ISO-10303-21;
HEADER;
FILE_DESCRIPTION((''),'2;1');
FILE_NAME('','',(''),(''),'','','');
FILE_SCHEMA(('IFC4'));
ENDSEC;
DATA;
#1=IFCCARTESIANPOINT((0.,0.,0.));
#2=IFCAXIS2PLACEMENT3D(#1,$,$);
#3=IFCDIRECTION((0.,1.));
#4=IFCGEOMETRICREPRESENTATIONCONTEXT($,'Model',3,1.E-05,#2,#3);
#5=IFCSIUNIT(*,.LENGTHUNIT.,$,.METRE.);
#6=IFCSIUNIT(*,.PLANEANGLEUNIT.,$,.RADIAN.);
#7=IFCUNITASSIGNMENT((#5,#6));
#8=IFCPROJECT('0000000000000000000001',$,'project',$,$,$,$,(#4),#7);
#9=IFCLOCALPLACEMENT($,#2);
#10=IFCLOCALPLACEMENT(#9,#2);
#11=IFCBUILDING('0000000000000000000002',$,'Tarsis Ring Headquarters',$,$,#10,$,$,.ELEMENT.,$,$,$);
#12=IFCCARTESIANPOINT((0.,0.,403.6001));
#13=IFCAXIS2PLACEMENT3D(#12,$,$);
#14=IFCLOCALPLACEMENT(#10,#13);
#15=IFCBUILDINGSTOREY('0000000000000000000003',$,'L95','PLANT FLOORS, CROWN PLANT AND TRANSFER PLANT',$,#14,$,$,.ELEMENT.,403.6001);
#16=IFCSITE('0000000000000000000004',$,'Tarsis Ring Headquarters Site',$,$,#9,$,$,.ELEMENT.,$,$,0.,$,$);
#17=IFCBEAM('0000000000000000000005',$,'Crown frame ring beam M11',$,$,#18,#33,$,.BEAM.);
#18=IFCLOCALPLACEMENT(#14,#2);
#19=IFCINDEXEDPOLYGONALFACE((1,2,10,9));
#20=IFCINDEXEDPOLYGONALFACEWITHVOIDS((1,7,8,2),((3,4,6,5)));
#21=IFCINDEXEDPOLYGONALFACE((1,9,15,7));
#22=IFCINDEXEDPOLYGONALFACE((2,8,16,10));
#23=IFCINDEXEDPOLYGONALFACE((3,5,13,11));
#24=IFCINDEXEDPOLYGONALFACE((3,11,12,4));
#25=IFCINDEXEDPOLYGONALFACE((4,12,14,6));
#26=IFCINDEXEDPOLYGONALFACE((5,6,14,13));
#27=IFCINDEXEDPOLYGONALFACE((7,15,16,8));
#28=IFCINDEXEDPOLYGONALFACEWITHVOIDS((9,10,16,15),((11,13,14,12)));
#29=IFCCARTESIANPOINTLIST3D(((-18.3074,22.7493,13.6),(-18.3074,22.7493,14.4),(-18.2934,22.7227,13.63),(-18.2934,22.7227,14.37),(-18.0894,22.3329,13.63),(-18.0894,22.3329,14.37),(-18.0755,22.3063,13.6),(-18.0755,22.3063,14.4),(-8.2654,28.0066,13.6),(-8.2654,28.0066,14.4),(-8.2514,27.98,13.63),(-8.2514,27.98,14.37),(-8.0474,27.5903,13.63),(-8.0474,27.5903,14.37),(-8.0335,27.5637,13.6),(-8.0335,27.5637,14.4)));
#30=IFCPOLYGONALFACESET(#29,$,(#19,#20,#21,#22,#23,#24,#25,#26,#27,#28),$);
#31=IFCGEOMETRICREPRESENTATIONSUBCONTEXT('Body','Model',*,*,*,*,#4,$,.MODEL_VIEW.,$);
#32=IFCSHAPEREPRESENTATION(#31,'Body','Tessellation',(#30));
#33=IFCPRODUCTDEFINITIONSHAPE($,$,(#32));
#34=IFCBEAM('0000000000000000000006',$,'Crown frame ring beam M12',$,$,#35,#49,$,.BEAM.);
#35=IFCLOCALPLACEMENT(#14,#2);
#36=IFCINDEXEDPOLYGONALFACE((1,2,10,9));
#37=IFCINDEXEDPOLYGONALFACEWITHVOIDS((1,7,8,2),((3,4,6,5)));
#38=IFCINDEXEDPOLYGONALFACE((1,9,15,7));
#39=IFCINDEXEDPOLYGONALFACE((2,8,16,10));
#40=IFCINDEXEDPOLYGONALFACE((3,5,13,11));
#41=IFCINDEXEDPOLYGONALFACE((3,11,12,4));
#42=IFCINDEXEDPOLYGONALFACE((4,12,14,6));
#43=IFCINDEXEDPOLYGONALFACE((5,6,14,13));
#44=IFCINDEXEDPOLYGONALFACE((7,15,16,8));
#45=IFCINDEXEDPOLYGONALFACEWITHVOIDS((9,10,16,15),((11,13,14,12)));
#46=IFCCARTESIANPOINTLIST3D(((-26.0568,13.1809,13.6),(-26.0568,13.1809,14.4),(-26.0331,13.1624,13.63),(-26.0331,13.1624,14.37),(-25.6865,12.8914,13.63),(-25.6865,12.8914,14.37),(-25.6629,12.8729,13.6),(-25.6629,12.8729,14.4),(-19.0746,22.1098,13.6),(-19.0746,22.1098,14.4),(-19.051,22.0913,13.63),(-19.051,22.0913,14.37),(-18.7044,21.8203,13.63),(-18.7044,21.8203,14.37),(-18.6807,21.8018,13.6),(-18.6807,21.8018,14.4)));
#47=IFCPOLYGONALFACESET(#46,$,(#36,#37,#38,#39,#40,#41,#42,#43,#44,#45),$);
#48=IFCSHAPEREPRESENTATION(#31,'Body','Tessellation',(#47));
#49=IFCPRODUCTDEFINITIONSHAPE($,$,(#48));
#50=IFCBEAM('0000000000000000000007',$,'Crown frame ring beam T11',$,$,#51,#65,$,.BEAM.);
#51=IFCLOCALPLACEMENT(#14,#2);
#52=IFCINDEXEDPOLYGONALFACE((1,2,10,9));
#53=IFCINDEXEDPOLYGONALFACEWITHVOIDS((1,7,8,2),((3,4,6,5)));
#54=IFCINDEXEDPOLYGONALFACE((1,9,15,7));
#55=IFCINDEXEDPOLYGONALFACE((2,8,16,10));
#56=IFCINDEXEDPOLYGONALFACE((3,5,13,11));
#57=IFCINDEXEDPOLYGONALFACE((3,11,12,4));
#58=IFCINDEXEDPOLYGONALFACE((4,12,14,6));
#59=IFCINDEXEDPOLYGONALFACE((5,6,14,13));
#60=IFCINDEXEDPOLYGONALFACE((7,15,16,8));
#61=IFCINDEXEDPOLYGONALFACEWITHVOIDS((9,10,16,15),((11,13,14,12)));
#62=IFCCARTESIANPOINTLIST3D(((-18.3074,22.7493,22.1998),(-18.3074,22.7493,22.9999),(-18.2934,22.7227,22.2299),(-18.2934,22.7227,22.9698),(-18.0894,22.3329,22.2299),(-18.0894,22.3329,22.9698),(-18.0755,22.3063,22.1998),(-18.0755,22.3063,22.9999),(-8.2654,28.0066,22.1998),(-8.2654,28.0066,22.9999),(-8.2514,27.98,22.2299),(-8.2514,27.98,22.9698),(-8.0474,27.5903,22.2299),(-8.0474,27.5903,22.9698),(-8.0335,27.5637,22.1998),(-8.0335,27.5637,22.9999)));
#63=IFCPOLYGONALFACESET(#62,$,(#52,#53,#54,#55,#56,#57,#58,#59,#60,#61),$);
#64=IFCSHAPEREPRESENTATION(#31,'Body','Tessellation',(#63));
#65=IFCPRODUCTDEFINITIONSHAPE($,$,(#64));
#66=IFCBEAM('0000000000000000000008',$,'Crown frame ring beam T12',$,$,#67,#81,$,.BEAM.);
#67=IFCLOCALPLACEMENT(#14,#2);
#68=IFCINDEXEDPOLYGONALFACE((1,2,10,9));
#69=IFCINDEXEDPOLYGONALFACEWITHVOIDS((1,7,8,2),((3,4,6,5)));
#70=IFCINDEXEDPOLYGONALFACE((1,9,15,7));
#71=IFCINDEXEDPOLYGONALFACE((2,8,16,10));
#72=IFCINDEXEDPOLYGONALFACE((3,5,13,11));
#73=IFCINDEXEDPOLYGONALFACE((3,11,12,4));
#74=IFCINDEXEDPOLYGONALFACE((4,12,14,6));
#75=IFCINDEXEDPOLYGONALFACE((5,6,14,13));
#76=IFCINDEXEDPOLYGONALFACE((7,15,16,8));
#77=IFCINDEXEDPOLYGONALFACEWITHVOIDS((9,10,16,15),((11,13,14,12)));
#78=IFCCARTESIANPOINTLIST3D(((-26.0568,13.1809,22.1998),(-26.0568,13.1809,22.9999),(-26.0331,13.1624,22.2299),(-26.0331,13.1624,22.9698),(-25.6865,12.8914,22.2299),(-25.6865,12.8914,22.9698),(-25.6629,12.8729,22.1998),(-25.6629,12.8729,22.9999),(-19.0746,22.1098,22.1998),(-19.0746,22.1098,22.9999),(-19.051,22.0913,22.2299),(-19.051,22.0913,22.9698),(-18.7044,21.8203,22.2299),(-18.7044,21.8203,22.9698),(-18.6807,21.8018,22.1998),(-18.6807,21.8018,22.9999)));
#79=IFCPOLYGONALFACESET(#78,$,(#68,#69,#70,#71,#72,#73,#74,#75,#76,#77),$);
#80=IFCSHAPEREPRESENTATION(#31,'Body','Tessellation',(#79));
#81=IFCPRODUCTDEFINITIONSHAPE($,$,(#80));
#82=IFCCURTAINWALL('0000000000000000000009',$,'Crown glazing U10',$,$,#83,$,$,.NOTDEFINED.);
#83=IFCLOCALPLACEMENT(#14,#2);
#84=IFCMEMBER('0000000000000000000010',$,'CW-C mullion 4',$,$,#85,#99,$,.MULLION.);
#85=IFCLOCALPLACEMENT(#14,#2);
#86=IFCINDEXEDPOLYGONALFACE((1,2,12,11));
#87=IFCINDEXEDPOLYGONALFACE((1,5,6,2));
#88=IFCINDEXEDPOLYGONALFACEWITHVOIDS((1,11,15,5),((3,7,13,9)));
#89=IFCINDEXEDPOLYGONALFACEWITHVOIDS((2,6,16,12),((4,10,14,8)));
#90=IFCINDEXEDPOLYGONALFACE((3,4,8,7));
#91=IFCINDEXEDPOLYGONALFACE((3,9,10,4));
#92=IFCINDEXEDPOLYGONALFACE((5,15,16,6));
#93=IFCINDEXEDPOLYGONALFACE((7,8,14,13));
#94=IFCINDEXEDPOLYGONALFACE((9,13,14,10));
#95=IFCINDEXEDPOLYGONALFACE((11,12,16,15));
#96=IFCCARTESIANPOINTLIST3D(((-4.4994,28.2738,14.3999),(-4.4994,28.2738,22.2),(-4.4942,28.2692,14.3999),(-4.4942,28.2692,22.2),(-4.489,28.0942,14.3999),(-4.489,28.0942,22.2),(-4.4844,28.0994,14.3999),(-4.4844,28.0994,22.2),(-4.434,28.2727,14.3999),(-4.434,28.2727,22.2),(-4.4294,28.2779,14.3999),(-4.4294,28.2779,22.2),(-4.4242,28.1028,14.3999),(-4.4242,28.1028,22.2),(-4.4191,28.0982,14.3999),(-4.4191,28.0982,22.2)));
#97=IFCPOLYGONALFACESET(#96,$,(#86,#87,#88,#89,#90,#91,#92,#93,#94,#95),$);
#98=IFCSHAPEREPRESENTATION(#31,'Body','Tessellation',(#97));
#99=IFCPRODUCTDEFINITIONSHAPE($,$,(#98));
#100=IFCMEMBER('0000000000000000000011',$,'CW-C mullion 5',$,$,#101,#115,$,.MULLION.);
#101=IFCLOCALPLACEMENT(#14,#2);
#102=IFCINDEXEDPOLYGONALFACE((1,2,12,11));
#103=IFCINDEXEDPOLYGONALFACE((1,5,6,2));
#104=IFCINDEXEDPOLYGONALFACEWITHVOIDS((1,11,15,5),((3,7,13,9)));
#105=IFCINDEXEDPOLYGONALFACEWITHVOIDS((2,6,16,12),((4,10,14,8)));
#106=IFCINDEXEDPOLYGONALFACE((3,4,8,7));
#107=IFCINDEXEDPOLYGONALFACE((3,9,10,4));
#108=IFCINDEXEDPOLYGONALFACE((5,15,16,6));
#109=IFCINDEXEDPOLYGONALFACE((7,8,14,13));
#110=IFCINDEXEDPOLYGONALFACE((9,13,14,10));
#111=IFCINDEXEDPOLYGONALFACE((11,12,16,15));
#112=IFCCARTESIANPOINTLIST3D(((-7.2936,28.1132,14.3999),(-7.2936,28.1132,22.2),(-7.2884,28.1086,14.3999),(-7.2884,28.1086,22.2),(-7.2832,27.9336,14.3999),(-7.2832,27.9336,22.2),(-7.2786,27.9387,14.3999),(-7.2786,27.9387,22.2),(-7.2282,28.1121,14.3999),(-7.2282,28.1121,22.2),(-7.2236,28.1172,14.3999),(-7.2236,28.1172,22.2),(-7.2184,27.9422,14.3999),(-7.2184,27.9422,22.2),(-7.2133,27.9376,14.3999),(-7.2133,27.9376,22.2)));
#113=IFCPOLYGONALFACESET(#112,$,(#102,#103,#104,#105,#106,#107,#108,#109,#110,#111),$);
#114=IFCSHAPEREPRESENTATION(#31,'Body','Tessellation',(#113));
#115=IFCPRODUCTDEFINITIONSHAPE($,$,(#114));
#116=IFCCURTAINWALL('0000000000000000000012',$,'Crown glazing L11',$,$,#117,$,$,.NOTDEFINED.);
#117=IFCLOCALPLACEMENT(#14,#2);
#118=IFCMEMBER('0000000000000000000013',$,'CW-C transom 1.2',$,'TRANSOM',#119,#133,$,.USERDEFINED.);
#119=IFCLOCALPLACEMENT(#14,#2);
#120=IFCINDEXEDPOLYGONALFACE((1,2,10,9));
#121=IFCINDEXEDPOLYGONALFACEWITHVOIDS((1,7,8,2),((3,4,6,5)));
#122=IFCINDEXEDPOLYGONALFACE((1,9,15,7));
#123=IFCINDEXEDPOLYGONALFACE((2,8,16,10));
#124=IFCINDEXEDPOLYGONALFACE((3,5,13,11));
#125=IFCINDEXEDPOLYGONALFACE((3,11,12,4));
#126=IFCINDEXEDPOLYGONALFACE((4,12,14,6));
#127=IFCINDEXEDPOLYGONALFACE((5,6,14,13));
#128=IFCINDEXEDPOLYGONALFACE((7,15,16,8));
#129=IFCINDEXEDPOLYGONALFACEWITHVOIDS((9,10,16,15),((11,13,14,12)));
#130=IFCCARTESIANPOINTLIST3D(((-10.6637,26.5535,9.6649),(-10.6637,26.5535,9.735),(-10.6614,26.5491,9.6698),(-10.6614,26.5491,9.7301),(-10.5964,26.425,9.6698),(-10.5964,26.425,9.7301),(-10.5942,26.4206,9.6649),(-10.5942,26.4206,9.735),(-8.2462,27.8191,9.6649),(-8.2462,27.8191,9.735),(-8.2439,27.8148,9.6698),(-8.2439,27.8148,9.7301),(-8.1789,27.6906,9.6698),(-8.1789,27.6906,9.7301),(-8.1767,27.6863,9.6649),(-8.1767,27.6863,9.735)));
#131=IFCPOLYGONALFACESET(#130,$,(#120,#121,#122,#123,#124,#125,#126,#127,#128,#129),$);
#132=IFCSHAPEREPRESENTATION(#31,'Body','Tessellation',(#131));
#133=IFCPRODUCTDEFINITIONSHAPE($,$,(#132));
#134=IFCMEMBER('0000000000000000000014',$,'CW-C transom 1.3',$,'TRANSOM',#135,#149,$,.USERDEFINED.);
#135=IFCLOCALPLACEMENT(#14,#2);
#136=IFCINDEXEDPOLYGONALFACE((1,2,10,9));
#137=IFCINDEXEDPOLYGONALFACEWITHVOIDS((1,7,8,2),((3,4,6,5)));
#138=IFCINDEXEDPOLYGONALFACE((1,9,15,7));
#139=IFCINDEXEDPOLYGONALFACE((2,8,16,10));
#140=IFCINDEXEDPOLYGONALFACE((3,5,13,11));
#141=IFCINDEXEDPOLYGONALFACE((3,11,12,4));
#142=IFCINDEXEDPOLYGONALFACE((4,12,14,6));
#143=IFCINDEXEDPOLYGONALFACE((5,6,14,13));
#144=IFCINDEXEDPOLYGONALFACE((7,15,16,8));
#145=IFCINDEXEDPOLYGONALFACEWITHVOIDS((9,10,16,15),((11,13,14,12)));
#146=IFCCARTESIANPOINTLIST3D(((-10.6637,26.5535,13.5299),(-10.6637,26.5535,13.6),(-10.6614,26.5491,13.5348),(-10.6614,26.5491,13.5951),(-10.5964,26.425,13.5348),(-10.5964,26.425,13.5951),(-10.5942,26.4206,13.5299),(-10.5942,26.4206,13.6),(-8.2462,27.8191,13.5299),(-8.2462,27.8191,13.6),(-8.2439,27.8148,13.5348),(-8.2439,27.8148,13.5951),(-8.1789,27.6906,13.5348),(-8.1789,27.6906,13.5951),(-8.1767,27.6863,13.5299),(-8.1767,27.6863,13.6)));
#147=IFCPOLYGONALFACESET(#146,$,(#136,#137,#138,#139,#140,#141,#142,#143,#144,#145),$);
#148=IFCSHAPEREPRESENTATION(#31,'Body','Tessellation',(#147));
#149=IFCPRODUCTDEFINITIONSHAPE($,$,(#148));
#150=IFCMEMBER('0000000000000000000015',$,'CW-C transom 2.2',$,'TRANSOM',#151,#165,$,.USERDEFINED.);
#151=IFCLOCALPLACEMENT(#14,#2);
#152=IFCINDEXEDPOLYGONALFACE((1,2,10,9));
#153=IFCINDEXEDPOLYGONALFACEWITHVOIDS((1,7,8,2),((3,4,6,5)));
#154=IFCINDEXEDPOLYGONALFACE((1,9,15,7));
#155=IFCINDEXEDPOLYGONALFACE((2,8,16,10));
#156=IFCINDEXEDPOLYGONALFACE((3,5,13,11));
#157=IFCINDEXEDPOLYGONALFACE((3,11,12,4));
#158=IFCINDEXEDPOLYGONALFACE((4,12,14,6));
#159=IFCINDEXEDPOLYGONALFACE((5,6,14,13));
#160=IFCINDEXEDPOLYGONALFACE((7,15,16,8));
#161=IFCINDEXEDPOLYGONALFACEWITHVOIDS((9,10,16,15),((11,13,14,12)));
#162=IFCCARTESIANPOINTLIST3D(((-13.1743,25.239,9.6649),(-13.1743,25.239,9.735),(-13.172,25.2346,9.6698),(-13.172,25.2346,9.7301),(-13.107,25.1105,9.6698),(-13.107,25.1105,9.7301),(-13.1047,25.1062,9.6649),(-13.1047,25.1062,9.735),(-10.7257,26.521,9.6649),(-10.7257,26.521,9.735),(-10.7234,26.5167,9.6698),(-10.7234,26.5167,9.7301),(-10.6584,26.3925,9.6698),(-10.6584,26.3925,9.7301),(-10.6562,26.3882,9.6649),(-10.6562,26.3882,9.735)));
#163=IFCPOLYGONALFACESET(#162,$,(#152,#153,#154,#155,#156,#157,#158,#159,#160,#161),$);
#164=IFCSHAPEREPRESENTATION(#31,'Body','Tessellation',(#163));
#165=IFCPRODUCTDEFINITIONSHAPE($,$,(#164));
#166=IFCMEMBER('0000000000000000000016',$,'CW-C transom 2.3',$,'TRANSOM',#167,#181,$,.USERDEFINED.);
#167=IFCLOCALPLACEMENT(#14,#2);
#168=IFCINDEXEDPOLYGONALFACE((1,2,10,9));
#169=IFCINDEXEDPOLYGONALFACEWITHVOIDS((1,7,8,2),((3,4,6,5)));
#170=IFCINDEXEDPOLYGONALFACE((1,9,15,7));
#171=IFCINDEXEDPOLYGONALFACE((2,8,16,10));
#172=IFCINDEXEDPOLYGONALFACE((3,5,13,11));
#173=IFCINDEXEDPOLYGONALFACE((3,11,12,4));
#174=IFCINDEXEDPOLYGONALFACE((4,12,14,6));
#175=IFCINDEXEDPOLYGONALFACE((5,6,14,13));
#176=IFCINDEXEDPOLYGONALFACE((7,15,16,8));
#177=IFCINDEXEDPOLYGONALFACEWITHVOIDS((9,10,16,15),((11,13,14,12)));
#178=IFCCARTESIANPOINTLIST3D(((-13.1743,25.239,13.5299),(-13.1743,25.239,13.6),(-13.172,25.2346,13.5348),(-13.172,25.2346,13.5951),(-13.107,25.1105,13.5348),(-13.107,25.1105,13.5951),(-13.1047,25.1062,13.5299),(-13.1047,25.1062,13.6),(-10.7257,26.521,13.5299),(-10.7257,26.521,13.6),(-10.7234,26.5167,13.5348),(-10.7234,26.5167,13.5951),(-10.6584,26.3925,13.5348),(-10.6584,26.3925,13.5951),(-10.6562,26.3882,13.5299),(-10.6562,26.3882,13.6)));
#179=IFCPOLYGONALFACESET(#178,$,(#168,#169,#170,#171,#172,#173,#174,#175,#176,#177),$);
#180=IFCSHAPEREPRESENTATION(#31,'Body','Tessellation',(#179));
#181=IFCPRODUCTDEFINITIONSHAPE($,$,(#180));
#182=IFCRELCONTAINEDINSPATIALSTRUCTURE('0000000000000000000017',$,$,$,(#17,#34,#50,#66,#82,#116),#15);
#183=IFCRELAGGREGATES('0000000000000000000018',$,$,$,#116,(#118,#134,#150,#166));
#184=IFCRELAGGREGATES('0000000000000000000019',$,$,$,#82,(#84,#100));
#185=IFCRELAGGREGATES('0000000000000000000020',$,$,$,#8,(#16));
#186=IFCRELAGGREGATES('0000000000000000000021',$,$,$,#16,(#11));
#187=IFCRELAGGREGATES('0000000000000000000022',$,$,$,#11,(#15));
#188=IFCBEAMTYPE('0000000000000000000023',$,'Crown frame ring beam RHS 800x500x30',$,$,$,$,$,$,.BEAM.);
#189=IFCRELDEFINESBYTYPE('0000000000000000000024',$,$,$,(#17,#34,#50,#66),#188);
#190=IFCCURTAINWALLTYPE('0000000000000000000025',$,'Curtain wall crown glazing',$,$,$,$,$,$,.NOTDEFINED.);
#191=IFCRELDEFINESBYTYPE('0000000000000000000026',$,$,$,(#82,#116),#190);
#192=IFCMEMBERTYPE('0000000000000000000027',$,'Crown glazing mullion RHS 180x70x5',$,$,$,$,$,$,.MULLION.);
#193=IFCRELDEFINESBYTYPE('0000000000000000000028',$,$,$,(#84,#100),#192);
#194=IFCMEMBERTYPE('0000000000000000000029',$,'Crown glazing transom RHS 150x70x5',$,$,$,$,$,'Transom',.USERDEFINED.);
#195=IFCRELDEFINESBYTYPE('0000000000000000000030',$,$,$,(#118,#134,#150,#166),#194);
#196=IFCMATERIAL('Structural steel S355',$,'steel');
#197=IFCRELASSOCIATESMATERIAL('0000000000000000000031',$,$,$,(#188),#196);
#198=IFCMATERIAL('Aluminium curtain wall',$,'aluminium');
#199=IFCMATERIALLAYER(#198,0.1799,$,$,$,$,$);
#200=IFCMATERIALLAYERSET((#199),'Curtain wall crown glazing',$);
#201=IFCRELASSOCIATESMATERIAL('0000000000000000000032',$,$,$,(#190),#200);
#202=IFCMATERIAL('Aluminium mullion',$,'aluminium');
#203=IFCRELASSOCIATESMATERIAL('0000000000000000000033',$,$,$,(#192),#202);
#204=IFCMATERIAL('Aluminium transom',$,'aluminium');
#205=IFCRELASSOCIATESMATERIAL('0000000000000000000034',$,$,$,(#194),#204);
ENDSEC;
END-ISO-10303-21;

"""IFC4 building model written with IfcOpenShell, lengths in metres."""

from ifc_helpers import new_model, si_unit, direction, frame, origin, origin_2d, place, context, subcontext, project, spatial, hollow_rectangle, extrude, material, layer, layer_set, material_profile, profile_set, type_object, element, aggregate, save


model = new_model("IFC4")

# Units and contexts
model_context = context("Model", 3, precision=1e-05, world=origin(), true_north=direction((0.0, 1.0)))
body_context = subcontext(model_context, "Body", "Model", "MODEL_VIEW")
ifc_project = project(units=[si_unit("LENGTHUNIT", "METRE"), si_unit("PLANEANGLEUNIT", "RADIAN")], contexts=[model_context])

# Site, building, storey
site_placement = place(None, origin())
site = spatial("IfcSite", under=ifc_project, at=site_placement, Name="Tarsis Ring Headquarters Site", CompositionType="ELEMENT", RefElevation=0.0)
building_placement = place(site_placement, origin())
building = spatial("IfcBuilding", under=site, at=building_placement, Name="Tarsis Ring Headquarters", CompositionType="ELEMENT")
storey_placement = place(building_placement, frame((0.0, 0.0, 403.6001)))
storey = spatial("IfcBuildingStorey", under=building, at=storey_placement, Name="L95", Description="PLANT FLOORS, CROWN PLANT AND TRANSFER PLANT", CompositionType="ELEMENT", Elevation=403.6001)

# Beams
ifc_material_1 = material(Name="Structural steel S355", Category="steel")
ifc_material_profile_1 = material_profile(ifc_material_1, hollow_rectangle(XDim=0.5, YDim=0.8, WallThickness=0.03, at=origin_2d()), Name="RHS 800x500x30")
ifc_profile_set_1 = profile_set([ifc_material_profile_1], Name="Structural steel S355")
beam_type = type_object("IfcBeamType", Name="Crown frame ring beam RHS 800x500x30", PredefinedType="BEAM", material=ifc_profile_set_1)
beam_1_placement = place(storey_placement, frame((-8.1494, 27.7852, 14.0), z_axis=(-0.885932, -0.463815, 0.0), x_axis=(0.463815, -0.885932, 0.0)))
element("IfcBeam", 1, at=beam_1_placement, inside=storey, type_object=beam_type, Name="Crown frame ring beam M11", PredefinedType="BEAM", context=body_context, shape_type="SweptSolid", body=[
    extrude(hollow_rectangle(XDim=0.5, YDim=0.8, WallThickness=0.03, at=origin_2d()), origin(), (0.0, 0.0, 1.0), 11.335),
])
beam_2_placement = place(storey_placement, frame((-18.8777, 21.9558, 14.0), z_axis=(-0.615996, -0.787749, 0.0), x_axis=(0.787749, -0.615996, 0.0)))
element("IfcBeam", 2, at=beam_2_placement, inside=storey, type_object=beam_type, Name="Crown frame ring beam M12", PredefinedType="BEAM", context=body_context, shape_type="SweptSolid", body=[
    extrude(hollow_rectangle(XDim=0.5, YDim=0.8, WallThickness=0.03, at=origin_2d()), origin(), (0.0, 0.0, 1.0), 11.3347),
])
beam_3_placement = place(storey_placement, frame((-8.1494, 27.7852, 22.5999), z_axis=(-0.885932, -0.463815, 0.0), x_axis=(0.463815, -0.885932, 0.0)))
element("IfcBeam", 3, at=beam_3_placement, inside=storey, type_object=beam_type, Name="Crown frame ring beam T11", PredefinedType="BEAM", context=body_context, shape_type="SweptSolid", body=[
    extrude(hollow_rectangle(XDim=0.5, YDim=0.8, WallThickness=0.03, at=origin_2d()), origin(), (0.0, 0.0, 1.0), 11.335),
])
beam_4_placement = place(storey_placement, frame((-18.8777, 21.9558, 22.5999), z_axis=(-0.615996, -0.787749, 0.0), x_axis=(0.787749, -0.615996, 0.0)))
element("IfcBeam", 4, at=beam_4_placement, inside=storey, type_object=beam_type, Name="Crown frame ring beam T12", PredefinedType="BEAM", context=body_context, shape_type="SweptSolid", body=[
    extrude(hollow_rectangle(XDim=0.5, YDim=0.8, WallThickness=0.03, at=origin_2d()), origin(), (0.0, 0.0, 1.0), 11.3347),
])

# Curtain walls, members
ifc_material_2 = material(Name="Aluminium curtain wall", Category="aluminium")
ifc_layer_1 = layer(ifc_material_2, 0.1799)
ifc_layer_set_1 = layer_set([ifc_layer_1], Name="Curtain wall crown glazing")
curtain_wall_type = type_object("IfcCurtainWallType", Name="Curtain wall crown glazing", PredefinedType="NOTDEFINED", material=ifc_layer_set_1)
curtain_wall_1_placement = place(storey_placement, origin())
curtain_wall_1 = element("IfcCurtainWall", 5, at=curtain_wall_1_placement, inside=storey, type_object=curtain_wall_type, Name="Crown glazing U10", PredefinedType="NOTDEFINED")
ifc_material_3 = material(Name="Aluminium mullion", Category="aluminium")
ifc_material_profile_2 = material_profile(ifc_material_3, hollow_rectangle(XDim=0.1799, YDim=0.0701, WallThickness=0.0049, at=origin_2d()), Name="RHS 180x70x5")
ifc_profile_set_2 = profile_set([ifc_material_profile_2], Name="Aluminium mullion")
member_type_1 = type_object("IfcMemberType", Name="Crown glazing mullion RHS 180x70x5", PredefinedType="MULLION", material=ifc_profile_set_2)
member_1_placement = place(storey_placement, frame((-4.4592, 28.186, 14.3999), z_axis=(0.0, 0.0, 1.0), x_axis=(0.057412, -0.998351, 0.0)))
member_1 = element("IfcMember", 6, at=member_1_placement, type_object=member_type_1, Name="CW-C mullion 4", PredefinedType="MULLION", context=body_context, shape_type="SweptSolid", body=[
    extrude(hollow_rectangle(XDim=0.1799, YDim=0.0701, WallThickness=0.0049, at=origin_2d()), origin(), (0.0, 0.0, 1.0), 7.8),
])
member_2_placement = place(storey_placement, frame((-7.2534, 28.0254, 14.3999), z_axis=(0.0, 0.0, 1.0), x_axis=(0.057412, -0.998351, 0.0)))
member_2 = element("IfcMember", 7, at=member_2_placement, type_object=member_type_1, Name="CW-C mullion 5", PredefinedType="MULLION", context=body_context, shape_type="SweptSolid", body=[
    extrude(hollow_rectangle(XDim=0.1799, YDim=0.0701, WallThickness=0.0049, at=origin_2d()), origin(), (0.0, 0.0, 1.0), 7.8),
])
curtain_wall_2_placement = place(storey_placement, origin())
curtain_wall_2 = element("IfcCurtainWall", 8, at=curtain_wall_2_placement, inside=storey, type_object=curtain_wall_type, Name="Crown glazing L11", PredefinedType="NOTDEFINED")
ifc_material_4 = material(Name="Aluminium transom", Category="aluminium")
ifc_material_profile_3 = material_profile(ifc_material_4, hollow_rectangle(XDim=0.1499, YDim=0.0701, WallThickness=0.0049, at=origin_2d()), Name="RHS 150x70x5")
ifc_profile_set_3 = profile_set([ifc_material_profile_3], Name="Aluminium transom")
member_type_2 = type_object("IfcMemberType", Name="Crown glazing transom RHS 150x70x5", ElementType="Transom", PredefinedType="USERDEFINED", material=ifc_profile_set_3)
member_3_placement = place(storey_placement, frame((-8.2114, 27.7527, 9.7), z_axis=(-0.885933, -0.463813, 0.0), x_axis=(0.463813, -0.885933, 0.0)))
member_3 = element("IfcMember", 9, at=member_3_placement, type_object=member_type_2, Name="CW-C transom 1.2", ObjectType="TRANSOM", PredefinedType="USERDEFINED", context=body_context, shape_type="SweptSolid", body=[
    extrude(hollow_rectangle(XDim=0.1499, YDim=0.0701, WallThickness=0.0049, at=origin_2d()), origin(), (0.0, 0.0, 1.0), 2.7288),
])
member_4_placement = place(storey_placement, frame((-8.2114, 27.7527, 13.5649), z_axis=(-0.885933, -0.463813, 0.0), x_axis=(0.463813, -0.885933, 0.0)))
member_4 = element("IfcMember", 10, at=member_4_placement, type_object=member_type_2, Name="CW-C transom 1.3", ObjectType="TRANSOM", PredefinedType="USERDEFINED", context=body_context, shape_type="SweptSolid", body=[
    extrude(hollow_rectangle(XDim=0.1499, YDim=0.0701, WallThickness=0.0049, at=origin_2d()), origin(), (0.0, 0.0, 1.0), 2.7288),
])
member_5_placement = place(storey_placement, frame((-10.6909, 26.4546, 9.7), z_axis=(-0.885915, -0.463849, 0.0), x_axis=(0.463849, -0.885915, 0.0)))
member_5 = element("IfcMember", 11, at=member_5_placement, type_object=member_type_2, Name="CW-C transom 2.2", ObjectType="TRANSOM", PredefinedType="USERDEFINED", context=body_context, shape_type="SweptSolid", body=[
    extrude(hollow_rectangle(XDim=0.1499, YDim=0.0701, WallThickness=0.0049, at=origin_2d()), origin(), (0.0, 0.0, 1.0), 2.7639),
])
member_6_placement = place(storey_placement, frame((-10.6909, 26.4546, 13.5649), z_axis=(-0.885915, -0.463849, 0.0), x_axis=(0.463849, -0.885915, 0.0)))
member_6 = element("IfcMember", 12, at=member_6_placement, type_object=member_type_2, Name="CW-C transom 2.3", ObjectType="TRANSOM", PredefinedType="USERDEFINED", context=body_context, shape_type="SweptSolid", body=[
    extrude(hollow_rectangle(XDim=0.1499, YDim=0.0701, WallThickness=0.0049, at=origin_2d()), origin(), (0.0, 0.0, 1.0), 2.7639),
])

aggregate(curtain_wall_2, [member_3, member_4, member_5, member_6])
aggregate(curtain_wall_1, [member_1, member_2])

save(model, "model.ifc")
